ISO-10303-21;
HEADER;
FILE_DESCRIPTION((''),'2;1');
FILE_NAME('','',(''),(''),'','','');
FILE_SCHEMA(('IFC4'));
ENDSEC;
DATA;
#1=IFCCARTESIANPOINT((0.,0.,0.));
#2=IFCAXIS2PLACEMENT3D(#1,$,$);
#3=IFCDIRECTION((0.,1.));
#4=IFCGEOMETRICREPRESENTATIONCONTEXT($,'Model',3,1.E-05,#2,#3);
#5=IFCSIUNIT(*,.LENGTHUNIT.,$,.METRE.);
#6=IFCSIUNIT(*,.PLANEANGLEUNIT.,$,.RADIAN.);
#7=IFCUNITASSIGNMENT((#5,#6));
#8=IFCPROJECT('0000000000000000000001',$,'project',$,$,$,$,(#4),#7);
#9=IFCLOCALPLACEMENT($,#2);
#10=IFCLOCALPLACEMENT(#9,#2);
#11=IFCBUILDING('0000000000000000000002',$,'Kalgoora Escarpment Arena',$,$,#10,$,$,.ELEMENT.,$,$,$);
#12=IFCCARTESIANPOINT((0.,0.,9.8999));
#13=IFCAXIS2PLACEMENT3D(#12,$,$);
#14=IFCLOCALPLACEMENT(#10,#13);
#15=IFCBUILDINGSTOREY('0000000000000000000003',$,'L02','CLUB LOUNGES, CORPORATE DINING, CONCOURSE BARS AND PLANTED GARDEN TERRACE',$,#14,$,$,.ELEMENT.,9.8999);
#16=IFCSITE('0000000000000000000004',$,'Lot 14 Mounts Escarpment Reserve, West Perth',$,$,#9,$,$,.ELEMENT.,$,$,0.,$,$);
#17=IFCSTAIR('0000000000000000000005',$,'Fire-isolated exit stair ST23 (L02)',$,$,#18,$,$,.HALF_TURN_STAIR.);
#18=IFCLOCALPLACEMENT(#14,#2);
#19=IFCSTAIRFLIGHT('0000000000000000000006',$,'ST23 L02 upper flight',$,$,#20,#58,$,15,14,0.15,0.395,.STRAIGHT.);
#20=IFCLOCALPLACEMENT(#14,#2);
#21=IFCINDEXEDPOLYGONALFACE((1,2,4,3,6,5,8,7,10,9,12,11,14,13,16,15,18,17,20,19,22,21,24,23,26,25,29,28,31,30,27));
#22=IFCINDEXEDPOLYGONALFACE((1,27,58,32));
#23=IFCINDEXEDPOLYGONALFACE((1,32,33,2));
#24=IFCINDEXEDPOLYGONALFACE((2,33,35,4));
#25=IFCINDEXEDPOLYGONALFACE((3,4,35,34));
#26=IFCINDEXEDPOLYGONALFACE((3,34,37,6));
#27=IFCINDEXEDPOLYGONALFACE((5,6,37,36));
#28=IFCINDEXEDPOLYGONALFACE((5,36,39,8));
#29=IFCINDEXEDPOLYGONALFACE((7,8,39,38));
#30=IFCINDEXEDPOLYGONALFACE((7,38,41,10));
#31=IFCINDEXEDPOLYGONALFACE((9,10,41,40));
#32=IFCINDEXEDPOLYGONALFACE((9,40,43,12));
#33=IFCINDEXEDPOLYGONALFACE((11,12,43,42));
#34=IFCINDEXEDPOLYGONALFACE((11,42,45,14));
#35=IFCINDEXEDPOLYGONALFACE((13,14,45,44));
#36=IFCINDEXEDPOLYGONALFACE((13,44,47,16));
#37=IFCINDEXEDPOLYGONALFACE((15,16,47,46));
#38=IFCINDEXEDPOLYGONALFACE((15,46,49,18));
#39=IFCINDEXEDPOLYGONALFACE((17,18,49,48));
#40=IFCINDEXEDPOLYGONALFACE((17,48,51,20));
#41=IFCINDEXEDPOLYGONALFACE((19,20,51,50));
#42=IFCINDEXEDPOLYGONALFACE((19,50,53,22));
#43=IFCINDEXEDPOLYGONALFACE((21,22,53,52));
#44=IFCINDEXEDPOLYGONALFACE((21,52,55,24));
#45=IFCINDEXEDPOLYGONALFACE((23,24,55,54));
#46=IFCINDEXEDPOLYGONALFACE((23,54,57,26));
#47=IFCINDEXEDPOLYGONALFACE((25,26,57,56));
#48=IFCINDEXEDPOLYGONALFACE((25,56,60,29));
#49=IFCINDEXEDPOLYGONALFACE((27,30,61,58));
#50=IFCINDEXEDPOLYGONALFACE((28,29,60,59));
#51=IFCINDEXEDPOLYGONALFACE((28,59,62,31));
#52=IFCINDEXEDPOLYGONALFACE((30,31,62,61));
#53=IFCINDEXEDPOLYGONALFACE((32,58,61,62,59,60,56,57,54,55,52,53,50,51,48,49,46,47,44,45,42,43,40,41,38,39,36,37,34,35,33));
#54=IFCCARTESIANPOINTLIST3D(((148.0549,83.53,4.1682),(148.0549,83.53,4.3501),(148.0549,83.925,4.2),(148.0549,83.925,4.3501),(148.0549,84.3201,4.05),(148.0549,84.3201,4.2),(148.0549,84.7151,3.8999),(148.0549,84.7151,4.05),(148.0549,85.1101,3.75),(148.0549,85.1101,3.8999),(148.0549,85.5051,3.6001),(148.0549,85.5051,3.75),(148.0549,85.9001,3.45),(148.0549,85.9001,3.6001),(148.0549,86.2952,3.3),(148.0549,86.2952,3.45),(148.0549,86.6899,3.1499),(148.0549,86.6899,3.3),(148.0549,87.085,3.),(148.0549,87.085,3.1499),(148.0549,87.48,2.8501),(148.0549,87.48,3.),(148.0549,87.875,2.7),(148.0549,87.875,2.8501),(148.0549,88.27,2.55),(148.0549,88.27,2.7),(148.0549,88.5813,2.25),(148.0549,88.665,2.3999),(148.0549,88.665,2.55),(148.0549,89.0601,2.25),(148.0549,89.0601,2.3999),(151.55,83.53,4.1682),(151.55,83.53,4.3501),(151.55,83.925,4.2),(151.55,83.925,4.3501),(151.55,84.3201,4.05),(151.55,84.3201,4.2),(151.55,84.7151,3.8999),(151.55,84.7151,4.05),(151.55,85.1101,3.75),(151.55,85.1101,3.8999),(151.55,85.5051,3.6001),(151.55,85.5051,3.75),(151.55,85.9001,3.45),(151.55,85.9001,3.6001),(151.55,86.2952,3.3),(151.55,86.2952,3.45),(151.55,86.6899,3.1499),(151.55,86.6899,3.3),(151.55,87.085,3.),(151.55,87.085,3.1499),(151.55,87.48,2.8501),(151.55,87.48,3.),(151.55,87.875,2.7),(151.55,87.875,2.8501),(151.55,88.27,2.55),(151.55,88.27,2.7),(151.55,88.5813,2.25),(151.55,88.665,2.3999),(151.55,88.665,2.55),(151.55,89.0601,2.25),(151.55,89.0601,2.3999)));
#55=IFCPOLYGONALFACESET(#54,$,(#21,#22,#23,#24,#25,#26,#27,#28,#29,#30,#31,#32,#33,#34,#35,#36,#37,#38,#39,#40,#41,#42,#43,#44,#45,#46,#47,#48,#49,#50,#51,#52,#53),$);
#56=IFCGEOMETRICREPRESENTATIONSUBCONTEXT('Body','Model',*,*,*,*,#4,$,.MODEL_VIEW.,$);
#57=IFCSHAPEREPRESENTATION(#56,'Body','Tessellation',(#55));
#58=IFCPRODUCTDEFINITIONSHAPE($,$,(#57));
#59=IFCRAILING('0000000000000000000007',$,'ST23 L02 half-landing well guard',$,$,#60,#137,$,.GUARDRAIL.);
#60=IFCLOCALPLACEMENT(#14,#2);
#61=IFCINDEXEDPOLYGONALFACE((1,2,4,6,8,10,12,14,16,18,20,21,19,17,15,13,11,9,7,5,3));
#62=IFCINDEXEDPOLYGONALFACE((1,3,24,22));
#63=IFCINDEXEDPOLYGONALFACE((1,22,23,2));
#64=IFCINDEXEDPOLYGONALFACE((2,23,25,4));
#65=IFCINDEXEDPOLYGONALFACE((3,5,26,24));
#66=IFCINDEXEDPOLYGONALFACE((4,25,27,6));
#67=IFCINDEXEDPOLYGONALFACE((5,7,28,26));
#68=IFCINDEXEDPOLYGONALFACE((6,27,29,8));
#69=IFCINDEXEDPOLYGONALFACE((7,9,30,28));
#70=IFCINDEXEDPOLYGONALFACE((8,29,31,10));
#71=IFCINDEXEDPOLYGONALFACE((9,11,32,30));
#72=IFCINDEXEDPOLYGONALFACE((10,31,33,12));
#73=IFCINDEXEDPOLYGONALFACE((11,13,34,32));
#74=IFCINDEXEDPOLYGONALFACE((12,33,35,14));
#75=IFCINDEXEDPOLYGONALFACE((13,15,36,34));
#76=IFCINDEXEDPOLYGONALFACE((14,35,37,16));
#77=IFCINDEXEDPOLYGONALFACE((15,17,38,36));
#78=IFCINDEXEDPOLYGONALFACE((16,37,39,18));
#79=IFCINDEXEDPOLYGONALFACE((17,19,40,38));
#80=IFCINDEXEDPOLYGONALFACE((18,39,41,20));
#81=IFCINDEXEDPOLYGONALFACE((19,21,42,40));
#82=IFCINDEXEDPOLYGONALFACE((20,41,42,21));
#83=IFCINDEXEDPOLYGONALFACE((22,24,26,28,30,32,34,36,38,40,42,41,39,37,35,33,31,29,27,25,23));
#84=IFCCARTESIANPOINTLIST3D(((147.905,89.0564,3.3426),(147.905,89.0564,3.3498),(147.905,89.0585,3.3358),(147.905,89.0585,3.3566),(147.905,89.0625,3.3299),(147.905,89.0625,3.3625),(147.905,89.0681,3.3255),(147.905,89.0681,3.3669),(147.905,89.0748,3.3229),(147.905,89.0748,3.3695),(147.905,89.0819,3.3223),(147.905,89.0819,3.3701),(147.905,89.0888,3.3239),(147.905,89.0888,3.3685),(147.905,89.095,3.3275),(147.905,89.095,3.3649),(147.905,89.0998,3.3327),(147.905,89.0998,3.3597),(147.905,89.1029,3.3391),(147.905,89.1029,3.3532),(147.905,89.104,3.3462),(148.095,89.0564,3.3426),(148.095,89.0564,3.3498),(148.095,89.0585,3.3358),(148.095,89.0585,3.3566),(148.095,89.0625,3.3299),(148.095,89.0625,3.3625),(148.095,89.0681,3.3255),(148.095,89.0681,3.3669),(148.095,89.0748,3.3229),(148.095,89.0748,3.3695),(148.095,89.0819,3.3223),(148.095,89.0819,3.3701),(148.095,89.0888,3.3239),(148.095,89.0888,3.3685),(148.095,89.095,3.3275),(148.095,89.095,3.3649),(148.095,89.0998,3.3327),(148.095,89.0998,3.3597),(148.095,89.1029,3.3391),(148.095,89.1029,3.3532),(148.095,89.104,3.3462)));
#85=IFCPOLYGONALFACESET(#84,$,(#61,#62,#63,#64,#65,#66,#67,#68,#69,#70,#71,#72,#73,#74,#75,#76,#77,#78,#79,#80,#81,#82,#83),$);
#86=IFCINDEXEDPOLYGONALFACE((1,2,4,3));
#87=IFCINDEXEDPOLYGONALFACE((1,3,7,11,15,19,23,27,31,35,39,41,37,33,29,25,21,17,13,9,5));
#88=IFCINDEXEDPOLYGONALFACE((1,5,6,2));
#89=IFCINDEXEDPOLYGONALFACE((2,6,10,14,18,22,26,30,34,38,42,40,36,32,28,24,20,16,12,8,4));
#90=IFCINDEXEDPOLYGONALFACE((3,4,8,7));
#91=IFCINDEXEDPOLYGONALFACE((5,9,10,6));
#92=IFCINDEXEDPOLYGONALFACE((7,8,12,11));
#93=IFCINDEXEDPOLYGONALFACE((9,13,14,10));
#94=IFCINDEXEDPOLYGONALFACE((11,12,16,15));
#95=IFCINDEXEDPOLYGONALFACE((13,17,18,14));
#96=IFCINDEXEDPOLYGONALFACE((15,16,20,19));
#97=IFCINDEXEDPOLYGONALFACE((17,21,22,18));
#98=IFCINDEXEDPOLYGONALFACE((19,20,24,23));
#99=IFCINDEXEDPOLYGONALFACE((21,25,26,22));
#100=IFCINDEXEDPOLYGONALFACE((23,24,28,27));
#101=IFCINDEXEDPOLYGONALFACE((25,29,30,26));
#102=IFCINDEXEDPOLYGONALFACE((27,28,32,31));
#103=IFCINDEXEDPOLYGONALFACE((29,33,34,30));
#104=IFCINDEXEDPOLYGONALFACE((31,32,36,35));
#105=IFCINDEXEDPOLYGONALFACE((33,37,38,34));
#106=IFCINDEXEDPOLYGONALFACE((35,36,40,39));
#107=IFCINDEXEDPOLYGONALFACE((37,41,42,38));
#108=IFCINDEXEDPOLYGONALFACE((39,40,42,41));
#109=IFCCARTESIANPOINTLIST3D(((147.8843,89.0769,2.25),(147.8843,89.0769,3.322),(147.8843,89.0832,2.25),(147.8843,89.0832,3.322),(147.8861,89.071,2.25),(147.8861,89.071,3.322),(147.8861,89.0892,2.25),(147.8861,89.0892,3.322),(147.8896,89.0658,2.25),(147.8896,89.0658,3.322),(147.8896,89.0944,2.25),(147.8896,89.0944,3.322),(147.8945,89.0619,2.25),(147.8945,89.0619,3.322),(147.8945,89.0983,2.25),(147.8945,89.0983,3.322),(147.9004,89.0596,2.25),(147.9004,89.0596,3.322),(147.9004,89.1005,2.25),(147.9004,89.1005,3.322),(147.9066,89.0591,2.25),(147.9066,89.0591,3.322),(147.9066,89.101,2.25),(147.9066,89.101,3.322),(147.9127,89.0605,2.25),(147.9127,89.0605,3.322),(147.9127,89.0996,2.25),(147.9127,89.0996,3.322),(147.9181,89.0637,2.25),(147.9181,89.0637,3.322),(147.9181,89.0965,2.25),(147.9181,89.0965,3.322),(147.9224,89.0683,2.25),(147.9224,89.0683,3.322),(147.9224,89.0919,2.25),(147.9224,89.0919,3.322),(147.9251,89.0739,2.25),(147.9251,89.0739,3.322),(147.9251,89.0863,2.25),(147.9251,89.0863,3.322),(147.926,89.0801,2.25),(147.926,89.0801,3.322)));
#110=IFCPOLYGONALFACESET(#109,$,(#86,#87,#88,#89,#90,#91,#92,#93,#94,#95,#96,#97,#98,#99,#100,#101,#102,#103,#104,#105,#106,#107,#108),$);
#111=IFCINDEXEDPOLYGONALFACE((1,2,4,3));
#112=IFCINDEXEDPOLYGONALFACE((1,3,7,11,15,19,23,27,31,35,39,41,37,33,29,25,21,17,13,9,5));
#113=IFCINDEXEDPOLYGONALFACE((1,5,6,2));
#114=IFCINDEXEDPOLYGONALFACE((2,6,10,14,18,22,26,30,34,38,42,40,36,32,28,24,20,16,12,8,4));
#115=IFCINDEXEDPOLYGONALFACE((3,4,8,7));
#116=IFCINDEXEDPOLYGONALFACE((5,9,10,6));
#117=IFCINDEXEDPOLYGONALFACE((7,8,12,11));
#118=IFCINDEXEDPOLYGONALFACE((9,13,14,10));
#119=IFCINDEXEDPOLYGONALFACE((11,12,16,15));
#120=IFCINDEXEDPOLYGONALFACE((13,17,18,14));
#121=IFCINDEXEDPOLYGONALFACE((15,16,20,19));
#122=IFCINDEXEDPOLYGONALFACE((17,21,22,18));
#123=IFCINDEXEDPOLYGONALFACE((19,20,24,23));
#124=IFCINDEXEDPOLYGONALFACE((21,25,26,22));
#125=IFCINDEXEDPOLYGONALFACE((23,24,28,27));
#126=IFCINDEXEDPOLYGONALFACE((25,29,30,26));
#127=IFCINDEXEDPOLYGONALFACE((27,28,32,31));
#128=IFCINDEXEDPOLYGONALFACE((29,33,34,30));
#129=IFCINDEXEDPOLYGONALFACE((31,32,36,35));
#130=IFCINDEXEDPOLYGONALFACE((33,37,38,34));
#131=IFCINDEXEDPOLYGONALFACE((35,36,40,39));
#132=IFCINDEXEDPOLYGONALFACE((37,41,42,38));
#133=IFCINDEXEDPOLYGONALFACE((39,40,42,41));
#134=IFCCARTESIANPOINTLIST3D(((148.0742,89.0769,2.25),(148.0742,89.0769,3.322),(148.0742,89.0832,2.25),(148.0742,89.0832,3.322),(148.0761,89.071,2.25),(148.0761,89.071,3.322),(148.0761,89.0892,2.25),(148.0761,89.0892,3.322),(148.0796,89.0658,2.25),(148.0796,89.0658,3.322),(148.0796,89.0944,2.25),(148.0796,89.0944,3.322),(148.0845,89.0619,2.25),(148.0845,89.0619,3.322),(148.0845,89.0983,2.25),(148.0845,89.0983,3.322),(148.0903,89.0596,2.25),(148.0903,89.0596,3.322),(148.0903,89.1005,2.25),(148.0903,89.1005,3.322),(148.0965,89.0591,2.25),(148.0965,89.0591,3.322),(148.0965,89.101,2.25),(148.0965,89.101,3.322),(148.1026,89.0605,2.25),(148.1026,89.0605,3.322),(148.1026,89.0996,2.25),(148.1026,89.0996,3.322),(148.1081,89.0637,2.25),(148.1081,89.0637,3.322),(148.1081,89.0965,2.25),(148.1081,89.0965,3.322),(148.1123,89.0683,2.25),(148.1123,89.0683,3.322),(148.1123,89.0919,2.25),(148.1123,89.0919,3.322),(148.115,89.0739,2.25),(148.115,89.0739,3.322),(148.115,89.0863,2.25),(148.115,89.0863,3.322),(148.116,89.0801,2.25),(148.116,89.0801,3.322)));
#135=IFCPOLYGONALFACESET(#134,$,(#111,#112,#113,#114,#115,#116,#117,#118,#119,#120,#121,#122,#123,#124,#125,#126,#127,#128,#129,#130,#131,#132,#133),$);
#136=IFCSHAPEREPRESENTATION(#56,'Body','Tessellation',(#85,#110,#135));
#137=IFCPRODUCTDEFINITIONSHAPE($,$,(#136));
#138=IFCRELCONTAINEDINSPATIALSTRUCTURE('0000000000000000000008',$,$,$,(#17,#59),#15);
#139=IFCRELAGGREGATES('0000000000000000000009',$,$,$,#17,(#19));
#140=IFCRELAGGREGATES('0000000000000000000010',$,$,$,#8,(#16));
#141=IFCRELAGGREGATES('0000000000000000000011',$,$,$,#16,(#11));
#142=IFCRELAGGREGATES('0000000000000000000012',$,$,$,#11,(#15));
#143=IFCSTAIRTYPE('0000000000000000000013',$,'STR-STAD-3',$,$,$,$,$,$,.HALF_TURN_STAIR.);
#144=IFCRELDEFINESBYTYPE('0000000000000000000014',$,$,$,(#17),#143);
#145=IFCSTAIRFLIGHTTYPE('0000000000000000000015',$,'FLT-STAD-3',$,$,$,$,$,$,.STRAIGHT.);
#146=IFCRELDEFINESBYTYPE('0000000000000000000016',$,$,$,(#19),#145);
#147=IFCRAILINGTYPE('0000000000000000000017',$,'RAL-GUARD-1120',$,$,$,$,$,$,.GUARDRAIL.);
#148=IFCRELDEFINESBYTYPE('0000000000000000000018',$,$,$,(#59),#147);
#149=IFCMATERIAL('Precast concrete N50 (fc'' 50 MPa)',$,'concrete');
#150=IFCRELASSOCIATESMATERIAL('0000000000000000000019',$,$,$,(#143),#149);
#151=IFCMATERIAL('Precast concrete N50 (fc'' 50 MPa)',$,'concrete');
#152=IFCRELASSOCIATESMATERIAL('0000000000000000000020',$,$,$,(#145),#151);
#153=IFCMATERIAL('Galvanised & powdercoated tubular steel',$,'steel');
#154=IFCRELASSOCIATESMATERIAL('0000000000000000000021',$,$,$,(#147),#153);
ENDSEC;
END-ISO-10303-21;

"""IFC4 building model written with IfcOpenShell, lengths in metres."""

from ifc_helpers import new_model, si_unit, direction, frame, origin, origin_2d, place, context, subcontext, project, spatial, polyline, circle, outline, extrude, material, type_object, element, aggregate, save


model = new_model("IFC4")

# Units and contexts
model_context = context("Model", 3, precision=1e-05, world=origin(), true_north=direction((0.0, 1.0)))
body_context = subcontext(model_context, "Body", "Model", "MODEL_VIEW")
ifc_project = project(units=[si_unit("LENGTHUNIT", "METRE"), si_unit("PLANEANGLEUNIT", "RADIAN")], contexts=[model_context])

# Site, building, storey
site_placement = place(None, origin())
site = spatial("IfcSite", under=ifc_project, at=site_placement, Name="Lot 14 Mounts Escarpment Reserve, West Perth", CompositionType="ELEMENT", RefElevation=0.0)
building_placement = place(site_placement, origin())
building = spatial("IfcBuilding", under=site, at=building_placement, Name="Kalgoora Escarpment Arena", CompositionType="ELEMENT")
storey_placement = place(building_placement, frame((0.0, 0.0, 9.8999)))
storey = spatial("IfcBuildingStorey", under=building, at=storey_placement, Name="L02", Description="CLUB LOUNGES, CORPORATE DINING, CONCOURSE BARS AND PLANTED GARDEN TERRACE", CompositionType="ELEMENT", Elevation=9.8999)

# Stair, stair flight
ifc_material_1 = material(Name="Precast concrete N50 (fc' 50 MPa)", Category="concrete")
stair_type = type_object("IfcStairType", Name="STR-STAD-3", PredefinedType="HALF_TURN_STAIR", material=ifc_material_1)
stair_placement = place(storey_placement, origin())
stair = element("IfcStair", 1, at=stair_placement, inside=storey, type_object=stair_type, Name="Fire-isolated exit stair ST23 (L02)", PredefinedType="HALF_TURN_STAIR")
ifc_material_2 = material(Name="Precast concrete N50 (fc' 50 MPa)", Category="concrete")
stair_flight_type = type_object("IfcStairFlightType", Name="FLT-STAD-3", PredefinedType="STRAIGHT", material=ifc_material_2)
stair_flight_1_placement = place(storey_placement, frame((149.8025, 89.0601, 2.25), z_axis=(0.0, 0.0, 1.0), x_axis=(0.0, -1.0, 0.0)))
stair_flight_1 = element("IfcStairFlight", 2, at=stair_flight_1_placement, type_object=stair_flight_type, Name="ST23 L02 upper flight", NumberOfRisers=15, NumberOfTreads=14, PredefinedType="STRAIGHT", RiserHeight=0.15, TreadLength=0.395, context=body_context, shape_type="SweptSolid", body=[
    extrude(outline(polyline([(0.0, 0.0), (0.0, 0.1499), (0.395, 0.1499), (0.395, 0.3), (0.79, 0.3), (0.79, 0.45), (1.1851, 0.45), (1.1851, 0.6001), (1.5801, 0.6001), (1.5801, 0.75), (1.9751, 0.75), (1.9751, 0.8999), (2.3701, 0.8999), (2.3701, 1.05), (2.7649, 1.05), (2.7649, 1.2), (3.1599, 1.2), (3.1599, 1.3501), (3.5549, 1.3501), (3.5549, 1.5), (3.95, 1.5), (3.95, 1.6499), (4.345, 1.6499), (4.345, 1.8), (4.74, 1.8), (4.74, 1.95), (5.135, 1.95), (5.135, 2.1001), (5.53, 2.1001), (5.53, 2.25), (5.53, 1.9182), (0.4788, 0.0), (0.0, 0.0)])), frame((0.0, 1.7476, 0.0), z_axis=(0.0, -1.0, 0.0), x_axis=(1.0, 0.0, 0.0)), (0.0, 0.0, 1.0), 3.4951),
])
aggregate(stair, [stair_flight_1])

# Railing
ifc_material_3 = material(Name="Galvanised & powdercoated tubular steel", Category="steel")
railing_type_1 = type_object("IfcRailingType", Name="RAL-GUARD-1120", PredefinedType="GUARDRAIL", material=ifc_material_3)
railing_1_placement = place(storey_placement, frame((147.905, 89.0801, 2.25)))
element("IfcRailing", 3, at=railing_1_placement, inside=storey, type_object=railing_type_1, Name="ST23 L02 half-landing well guard", PredefinedType="GUARDRAIL", context=body_context, shape_type="SweptSolid", body=[
    extrude(circle(Radius=0.0239, at=origin_2d()), frame((0.0, 0.0, 1.0962), z_axis=(1.0, 0.0, 0.0), x_axis=(0.0, 1.0, 0.0)), (0.0, 0.0, 1.0), 0.1899),
    extrude(circle(Radius=0.021, at=origin_2d()), origin(), (0.0, 0.0, 1.0), 1.072),
    extrude(circle(Radius=0.021, at=origin_2d()), frame((0.1899, 0.0, 0.0)), (0.0, 0.0, 1.0), 1.072),
])

save(model, "model.ifc")
